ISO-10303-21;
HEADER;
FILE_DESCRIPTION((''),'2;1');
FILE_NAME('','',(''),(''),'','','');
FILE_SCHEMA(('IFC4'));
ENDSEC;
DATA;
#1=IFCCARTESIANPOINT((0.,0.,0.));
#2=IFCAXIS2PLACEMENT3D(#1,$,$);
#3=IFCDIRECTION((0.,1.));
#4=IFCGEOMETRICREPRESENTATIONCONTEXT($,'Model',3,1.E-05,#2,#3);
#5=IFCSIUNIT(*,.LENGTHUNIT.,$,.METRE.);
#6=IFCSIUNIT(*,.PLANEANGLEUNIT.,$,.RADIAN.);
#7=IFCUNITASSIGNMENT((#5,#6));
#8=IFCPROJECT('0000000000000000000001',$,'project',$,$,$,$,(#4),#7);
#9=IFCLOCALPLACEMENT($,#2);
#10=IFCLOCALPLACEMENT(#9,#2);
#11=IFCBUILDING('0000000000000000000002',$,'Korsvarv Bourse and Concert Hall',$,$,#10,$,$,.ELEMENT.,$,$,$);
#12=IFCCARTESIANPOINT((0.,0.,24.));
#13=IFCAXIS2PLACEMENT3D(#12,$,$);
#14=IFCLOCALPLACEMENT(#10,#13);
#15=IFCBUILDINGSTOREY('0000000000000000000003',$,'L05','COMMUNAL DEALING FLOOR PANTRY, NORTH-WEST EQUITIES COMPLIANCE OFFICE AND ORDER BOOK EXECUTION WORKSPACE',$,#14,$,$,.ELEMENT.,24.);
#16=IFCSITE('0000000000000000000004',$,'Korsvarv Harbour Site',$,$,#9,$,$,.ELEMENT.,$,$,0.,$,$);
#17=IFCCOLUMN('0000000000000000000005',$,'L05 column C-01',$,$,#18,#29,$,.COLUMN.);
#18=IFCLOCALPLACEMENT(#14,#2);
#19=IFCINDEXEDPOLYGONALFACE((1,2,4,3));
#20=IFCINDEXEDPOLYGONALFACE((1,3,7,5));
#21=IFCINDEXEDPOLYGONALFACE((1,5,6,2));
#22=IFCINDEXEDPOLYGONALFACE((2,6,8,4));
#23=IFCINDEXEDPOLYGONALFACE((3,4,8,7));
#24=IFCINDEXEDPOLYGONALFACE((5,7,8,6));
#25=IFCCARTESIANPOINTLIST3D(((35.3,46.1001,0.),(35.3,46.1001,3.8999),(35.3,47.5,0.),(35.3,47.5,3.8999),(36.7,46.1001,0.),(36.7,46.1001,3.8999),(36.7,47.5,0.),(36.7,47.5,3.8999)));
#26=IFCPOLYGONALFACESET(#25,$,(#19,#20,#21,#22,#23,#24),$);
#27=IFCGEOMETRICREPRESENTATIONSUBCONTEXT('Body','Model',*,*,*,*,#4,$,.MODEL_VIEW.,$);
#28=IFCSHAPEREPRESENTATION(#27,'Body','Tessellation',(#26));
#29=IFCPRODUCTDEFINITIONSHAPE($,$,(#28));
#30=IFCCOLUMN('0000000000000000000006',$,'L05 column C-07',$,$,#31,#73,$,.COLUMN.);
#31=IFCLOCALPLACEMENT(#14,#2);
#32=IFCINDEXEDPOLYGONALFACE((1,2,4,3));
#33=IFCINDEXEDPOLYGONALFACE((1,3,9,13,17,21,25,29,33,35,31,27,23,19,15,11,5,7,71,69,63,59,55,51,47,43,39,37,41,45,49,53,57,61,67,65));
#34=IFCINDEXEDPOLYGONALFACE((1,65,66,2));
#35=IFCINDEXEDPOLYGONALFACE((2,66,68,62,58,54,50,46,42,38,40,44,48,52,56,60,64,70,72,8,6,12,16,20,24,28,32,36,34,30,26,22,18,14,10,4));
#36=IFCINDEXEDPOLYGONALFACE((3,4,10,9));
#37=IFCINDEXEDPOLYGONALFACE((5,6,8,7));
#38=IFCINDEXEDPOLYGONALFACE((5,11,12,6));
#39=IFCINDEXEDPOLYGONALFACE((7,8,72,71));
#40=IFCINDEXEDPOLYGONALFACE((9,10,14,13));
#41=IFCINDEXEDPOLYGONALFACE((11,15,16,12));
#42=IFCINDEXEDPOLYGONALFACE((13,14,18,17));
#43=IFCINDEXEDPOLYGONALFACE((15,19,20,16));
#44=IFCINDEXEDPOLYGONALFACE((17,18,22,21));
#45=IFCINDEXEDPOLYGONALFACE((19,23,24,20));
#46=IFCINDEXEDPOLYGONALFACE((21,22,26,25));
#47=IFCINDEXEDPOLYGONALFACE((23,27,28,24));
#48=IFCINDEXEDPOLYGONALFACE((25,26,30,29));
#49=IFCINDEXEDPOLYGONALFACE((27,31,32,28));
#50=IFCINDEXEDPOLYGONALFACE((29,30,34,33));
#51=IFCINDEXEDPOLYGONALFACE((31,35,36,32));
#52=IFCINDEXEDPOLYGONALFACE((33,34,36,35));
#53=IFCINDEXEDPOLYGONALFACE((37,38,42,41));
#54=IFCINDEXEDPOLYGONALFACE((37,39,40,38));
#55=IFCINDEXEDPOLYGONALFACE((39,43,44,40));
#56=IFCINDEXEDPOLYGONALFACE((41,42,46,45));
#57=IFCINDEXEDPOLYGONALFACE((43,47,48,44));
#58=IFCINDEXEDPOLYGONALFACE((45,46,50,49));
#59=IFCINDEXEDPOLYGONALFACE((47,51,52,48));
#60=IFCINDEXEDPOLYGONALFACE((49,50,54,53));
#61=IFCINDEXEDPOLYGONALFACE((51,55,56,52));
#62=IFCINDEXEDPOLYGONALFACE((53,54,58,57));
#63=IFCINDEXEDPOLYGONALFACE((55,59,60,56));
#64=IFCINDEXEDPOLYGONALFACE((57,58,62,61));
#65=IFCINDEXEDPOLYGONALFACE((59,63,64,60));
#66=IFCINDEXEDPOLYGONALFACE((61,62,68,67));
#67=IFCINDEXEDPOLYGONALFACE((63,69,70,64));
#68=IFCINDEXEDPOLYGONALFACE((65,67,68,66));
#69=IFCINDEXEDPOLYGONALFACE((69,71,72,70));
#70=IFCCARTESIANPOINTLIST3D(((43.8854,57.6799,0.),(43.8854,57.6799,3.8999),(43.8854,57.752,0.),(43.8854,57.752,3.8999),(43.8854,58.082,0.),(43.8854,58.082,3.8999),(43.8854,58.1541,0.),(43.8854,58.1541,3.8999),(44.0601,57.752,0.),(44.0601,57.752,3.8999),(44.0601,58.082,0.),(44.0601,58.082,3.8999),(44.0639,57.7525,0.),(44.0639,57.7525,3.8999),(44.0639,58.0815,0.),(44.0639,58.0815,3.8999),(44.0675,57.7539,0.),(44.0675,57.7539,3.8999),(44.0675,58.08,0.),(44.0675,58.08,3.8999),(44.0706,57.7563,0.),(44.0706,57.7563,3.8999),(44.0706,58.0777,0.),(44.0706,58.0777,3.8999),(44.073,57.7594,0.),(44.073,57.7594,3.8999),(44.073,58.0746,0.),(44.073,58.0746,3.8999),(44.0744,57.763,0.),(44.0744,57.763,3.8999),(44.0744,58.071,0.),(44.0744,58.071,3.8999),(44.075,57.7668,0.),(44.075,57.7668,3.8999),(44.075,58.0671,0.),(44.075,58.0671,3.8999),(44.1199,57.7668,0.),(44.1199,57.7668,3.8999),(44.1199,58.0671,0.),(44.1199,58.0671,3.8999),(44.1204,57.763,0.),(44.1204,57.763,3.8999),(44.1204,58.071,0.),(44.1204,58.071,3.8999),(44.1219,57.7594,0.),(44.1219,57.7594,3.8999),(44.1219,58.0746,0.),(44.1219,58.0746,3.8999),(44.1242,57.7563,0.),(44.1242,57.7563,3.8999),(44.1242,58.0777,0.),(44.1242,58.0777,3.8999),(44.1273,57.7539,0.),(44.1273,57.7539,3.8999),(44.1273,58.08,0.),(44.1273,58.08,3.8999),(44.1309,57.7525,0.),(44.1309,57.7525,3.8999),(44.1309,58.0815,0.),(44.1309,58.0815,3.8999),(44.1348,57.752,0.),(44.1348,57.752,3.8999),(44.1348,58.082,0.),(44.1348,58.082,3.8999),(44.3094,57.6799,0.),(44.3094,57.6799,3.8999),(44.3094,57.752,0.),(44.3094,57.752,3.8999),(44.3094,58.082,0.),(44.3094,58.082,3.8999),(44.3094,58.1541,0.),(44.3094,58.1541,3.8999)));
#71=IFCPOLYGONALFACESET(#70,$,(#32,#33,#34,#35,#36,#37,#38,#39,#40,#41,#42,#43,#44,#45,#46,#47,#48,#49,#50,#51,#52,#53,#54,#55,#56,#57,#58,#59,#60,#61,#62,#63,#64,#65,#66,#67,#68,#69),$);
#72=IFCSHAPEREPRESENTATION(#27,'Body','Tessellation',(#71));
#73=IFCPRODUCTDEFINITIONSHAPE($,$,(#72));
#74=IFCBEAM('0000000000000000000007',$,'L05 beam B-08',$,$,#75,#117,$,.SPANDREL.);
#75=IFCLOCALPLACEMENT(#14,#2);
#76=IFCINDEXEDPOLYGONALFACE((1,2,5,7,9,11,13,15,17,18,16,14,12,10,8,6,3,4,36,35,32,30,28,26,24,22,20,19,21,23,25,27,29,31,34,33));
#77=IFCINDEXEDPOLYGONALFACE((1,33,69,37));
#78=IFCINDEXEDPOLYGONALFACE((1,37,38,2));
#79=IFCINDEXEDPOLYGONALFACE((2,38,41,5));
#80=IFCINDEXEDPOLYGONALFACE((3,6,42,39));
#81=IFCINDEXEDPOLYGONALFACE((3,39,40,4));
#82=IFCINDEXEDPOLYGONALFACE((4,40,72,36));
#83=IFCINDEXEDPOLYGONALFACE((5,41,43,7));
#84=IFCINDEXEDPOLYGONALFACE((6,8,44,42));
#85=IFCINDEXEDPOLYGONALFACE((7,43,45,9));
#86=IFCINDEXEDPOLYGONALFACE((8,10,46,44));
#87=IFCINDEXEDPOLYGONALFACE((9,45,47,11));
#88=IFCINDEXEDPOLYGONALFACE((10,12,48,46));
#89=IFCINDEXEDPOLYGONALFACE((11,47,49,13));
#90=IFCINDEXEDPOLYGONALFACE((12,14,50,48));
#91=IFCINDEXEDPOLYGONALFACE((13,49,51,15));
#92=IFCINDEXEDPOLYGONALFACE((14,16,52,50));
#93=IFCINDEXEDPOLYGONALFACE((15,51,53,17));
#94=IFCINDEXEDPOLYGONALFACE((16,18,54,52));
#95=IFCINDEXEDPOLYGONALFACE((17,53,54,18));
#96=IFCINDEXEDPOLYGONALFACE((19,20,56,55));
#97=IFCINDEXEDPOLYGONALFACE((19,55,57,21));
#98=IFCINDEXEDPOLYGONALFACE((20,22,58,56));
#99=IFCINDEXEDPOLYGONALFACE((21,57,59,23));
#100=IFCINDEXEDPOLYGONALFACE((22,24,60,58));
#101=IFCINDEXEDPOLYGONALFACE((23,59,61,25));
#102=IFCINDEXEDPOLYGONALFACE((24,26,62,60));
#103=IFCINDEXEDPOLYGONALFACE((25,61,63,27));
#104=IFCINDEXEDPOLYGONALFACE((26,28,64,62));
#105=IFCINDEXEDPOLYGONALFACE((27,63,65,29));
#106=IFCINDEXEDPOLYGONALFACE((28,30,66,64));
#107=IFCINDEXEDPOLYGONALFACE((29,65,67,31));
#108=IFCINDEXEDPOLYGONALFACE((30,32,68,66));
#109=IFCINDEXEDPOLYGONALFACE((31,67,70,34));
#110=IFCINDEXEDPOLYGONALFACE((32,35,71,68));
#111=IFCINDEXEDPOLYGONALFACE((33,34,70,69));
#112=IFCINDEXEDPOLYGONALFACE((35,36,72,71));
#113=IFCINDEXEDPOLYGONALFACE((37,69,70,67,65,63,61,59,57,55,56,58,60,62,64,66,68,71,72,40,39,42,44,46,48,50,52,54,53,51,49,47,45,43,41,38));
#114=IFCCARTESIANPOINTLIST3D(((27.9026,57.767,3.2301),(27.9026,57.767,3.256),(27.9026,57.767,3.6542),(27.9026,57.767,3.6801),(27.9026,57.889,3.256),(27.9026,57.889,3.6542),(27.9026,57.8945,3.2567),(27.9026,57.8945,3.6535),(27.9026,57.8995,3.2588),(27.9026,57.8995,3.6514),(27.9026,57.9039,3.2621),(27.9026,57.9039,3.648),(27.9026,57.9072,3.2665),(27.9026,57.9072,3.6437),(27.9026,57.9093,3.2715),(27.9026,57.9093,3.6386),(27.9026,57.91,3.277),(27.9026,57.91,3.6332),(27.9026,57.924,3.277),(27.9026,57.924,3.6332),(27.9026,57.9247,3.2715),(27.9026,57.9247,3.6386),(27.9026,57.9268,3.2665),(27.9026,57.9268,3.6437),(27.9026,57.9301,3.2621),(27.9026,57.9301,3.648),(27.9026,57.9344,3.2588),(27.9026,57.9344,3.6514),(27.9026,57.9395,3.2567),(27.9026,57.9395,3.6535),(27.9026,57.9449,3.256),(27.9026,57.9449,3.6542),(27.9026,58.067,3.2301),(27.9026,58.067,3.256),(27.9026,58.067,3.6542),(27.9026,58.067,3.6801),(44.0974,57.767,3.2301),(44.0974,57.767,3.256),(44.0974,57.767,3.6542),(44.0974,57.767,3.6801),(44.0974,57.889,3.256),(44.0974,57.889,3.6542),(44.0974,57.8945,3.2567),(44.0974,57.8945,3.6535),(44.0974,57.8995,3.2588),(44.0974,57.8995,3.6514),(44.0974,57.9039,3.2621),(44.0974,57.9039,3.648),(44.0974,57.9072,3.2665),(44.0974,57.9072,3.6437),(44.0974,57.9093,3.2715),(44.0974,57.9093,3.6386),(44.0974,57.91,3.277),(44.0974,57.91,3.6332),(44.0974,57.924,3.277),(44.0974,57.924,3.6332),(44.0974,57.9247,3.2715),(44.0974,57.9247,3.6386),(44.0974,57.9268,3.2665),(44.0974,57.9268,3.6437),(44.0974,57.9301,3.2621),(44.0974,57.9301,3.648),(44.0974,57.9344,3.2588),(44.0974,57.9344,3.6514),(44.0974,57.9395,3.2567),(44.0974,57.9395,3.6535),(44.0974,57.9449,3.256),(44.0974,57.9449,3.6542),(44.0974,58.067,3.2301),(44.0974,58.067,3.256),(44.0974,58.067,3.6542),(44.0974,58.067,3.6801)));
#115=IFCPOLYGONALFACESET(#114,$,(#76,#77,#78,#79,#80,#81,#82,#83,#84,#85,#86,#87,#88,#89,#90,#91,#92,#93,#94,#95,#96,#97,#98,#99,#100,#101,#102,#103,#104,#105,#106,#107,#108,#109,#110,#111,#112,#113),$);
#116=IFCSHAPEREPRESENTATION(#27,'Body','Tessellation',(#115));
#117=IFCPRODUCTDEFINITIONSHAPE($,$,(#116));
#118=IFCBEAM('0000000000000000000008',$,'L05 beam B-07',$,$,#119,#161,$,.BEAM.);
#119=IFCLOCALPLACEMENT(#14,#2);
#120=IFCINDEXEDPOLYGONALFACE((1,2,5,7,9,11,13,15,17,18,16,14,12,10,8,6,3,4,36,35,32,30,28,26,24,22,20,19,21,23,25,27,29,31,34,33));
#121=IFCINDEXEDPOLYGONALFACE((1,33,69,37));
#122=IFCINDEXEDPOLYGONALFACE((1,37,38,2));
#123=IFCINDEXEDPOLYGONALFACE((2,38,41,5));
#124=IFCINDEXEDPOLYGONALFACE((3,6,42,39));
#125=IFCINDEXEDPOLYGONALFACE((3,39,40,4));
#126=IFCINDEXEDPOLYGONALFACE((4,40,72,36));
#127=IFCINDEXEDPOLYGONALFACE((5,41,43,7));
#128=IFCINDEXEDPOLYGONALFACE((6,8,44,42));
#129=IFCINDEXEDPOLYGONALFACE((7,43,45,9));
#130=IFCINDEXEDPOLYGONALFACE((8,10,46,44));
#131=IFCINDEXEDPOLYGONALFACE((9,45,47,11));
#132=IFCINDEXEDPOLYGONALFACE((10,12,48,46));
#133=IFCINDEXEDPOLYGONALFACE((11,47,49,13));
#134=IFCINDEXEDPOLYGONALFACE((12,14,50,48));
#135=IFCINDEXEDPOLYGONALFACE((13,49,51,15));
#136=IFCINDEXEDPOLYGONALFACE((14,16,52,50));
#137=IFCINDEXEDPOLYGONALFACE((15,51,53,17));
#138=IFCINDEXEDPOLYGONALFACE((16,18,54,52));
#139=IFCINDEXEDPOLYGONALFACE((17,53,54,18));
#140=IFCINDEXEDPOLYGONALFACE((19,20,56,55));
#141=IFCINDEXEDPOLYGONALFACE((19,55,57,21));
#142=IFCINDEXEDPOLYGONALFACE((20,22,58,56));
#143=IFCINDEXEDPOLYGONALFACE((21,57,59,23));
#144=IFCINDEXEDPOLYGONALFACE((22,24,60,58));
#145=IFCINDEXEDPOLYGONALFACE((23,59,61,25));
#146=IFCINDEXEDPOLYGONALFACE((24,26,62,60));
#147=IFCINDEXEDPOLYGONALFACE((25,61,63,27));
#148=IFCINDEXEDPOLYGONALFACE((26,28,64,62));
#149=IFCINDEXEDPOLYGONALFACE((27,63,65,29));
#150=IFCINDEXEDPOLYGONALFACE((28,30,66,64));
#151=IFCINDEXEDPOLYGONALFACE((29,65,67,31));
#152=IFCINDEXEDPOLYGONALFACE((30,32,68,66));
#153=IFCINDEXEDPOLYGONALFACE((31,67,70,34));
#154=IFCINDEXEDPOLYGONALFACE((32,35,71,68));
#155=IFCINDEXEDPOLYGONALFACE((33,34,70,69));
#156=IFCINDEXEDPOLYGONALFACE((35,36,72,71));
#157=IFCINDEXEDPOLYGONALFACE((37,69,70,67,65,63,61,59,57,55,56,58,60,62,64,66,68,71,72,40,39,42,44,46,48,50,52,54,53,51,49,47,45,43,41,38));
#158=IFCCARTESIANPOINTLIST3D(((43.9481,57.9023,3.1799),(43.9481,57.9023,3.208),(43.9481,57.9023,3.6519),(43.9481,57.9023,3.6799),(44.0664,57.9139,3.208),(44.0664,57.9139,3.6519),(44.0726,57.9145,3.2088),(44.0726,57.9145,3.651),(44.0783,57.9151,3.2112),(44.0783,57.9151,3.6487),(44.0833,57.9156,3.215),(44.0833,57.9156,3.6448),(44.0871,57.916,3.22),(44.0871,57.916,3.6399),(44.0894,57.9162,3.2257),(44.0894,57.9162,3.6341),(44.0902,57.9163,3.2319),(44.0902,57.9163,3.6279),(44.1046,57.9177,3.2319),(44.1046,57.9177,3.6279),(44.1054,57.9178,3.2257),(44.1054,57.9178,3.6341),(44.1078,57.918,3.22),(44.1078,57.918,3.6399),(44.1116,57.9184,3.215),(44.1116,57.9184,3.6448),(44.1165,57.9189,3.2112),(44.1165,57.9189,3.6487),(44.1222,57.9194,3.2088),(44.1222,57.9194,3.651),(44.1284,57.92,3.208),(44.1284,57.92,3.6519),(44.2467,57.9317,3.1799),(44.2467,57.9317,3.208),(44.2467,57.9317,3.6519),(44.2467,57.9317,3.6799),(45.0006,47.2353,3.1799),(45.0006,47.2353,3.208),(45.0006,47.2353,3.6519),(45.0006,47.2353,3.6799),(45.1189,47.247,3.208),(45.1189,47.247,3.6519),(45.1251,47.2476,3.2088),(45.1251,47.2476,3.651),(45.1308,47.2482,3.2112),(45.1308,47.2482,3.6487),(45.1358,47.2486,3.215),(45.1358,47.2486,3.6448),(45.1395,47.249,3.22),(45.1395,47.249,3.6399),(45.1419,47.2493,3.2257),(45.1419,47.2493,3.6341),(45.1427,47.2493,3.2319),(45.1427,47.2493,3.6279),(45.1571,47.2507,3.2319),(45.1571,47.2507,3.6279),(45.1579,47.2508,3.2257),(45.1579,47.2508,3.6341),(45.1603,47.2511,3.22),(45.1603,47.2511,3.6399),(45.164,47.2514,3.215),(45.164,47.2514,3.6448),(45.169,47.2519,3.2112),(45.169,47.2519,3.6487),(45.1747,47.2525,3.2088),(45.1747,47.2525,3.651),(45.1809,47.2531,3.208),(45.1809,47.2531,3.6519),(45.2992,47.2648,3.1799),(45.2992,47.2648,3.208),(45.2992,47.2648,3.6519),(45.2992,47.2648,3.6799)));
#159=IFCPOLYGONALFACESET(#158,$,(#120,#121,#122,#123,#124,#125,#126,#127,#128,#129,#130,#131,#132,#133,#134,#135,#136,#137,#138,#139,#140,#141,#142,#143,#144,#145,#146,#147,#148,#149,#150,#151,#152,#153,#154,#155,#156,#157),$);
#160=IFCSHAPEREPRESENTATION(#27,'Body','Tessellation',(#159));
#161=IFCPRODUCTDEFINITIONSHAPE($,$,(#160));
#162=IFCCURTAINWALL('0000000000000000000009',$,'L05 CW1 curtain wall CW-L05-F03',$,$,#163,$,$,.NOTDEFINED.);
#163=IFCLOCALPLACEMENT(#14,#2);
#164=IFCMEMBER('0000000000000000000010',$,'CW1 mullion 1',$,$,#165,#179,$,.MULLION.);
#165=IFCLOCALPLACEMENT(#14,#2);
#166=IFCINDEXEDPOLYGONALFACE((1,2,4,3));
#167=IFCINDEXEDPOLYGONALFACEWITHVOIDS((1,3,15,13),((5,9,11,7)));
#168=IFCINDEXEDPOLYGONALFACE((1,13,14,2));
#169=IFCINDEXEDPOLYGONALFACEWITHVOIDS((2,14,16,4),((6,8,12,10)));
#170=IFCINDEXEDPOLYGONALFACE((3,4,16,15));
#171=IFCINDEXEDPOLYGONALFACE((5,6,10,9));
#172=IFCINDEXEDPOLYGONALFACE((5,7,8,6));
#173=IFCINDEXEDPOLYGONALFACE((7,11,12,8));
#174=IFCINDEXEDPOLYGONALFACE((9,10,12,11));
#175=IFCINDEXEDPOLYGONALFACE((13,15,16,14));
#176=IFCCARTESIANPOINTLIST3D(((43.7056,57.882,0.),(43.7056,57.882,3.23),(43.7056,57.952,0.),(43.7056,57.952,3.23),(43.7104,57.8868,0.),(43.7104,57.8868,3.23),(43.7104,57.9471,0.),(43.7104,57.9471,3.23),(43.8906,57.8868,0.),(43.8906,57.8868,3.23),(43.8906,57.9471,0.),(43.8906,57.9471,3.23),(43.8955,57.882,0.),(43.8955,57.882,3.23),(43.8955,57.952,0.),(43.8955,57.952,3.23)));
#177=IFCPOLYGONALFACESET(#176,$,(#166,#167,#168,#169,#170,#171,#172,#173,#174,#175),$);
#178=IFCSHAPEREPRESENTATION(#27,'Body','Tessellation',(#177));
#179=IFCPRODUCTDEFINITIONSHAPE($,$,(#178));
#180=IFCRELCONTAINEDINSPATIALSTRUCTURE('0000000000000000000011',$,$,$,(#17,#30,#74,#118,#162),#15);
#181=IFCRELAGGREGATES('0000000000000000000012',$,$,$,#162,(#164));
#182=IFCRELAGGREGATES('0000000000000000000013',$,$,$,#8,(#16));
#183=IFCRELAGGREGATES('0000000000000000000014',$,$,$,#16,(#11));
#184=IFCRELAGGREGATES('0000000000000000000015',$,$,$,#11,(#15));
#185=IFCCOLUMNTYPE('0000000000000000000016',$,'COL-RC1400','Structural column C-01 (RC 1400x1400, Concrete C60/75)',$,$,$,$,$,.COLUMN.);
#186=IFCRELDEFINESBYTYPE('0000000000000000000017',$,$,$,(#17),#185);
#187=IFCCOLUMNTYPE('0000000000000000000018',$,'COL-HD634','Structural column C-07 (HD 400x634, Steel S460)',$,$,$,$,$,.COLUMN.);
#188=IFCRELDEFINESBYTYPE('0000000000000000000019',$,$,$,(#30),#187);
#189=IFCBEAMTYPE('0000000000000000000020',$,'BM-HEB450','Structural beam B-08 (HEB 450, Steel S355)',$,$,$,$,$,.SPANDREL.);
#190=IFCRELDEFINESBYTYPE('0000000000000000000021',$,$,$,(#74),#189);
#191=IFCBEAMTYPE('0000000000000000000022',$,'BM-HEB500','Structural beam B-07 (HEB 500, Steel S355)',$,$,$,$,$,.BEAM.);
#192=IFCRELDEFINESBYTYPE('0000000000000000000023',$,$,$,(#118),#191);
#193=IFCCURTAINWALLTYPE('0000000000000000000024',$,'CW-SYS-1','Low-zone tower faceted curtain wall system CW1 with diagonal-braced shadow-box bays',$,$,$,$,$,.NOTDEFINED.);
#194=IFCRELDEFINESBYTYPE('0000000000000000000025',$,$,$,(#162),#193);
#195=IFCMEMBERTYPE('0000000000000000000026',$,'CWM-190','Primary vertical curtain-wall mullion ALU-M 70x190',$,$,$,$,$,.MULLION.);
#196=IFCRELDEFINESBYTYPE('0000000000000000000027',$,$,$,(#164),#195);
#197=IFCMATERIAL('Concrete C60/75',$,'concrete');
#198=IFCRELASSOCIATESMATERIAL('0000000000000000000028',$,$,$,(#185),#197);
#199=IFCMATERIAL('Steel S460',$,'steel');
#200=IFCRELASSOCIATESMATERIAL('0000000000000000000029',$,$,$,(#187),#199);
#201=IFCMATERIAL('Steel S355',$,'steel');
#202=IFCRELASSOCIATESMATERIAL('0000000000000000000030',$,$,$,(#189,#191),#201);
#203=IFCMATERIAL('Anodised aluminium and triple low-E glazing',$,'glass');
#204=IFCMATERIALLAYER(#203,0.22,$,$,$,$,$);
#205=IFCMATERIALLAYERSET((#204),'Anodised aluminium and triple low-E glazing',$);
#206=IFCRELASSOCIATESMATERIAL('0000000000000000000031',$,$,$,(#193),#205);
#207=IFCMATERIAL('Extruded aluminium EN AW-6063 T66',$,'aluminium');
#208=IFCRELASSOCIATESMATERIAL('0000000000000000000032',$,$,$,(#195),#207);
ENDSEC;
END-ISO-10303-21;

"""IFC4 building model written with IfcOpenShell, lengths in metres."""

from ifc_helpers import new_model, si_unit, direction, frame, origin, origin_2d, place, context, subcontext, project, spatial, rectangle, hollow_rectangle, i_section, extrude, source, transform, mapped, material, layer, layer_set, material_profile, profile_set, type_object, element, aggregate, save


model = new_model("IFC4")

# Units and contexts
model_context = context("Model", 3, precision=1e-05, world=origin(), true_north=direction((0.0, 1.0)))
body_context = subcontext(model_context, "Body", "Model", "MODEL_VIEW")
ifc_project = project(units=[si_unit("LENGTHUNIT", "METRE"), si_unit("PLANEANGLEUNIT", "RADIAN")], contexts=[model_context])

# Site, building, storey
site_placement = place(None, origin())
site = spatial("IfcSite", under=ifc_project, at=site_placement, Name="Korsvarv Harbour Site", CompositionType="ELEMENT", RefElevation=0.0)
building_placement = place(site_placement, origin())
building = spatial("IfcBuilding", under=site, at=building_placement, Name="Korsvarv Bourse and Concert Hall", CompositionType="ELEMENT")
storey_placement = place(building_placement, frame((0.0, 0.0, 24.0)))
storey = spatial("IfcBuildingStorey", under=building, at=storey_placement, Name="L05", Description="COMMUNAL DEALING FLOOR PANTRY, NORTH-WEST EQUITIES COMPLIANCE OFFICE AND ORDER BOOK EXECUTION WORKSPACE", CompositionType="ELEMENT", Elevation=24.0)

# Columns
ifc_material_1 = material(Name="Concrete C60/75", Category="concrete")
ifc_material_profile_1 = material_profile(ifc_material_1, rectangle(XDim=1.3999, YDim=1.3999, at=origin_2d()), Name="RC 1400x1400")
ifc_profile_set_1 = profile_set([ifc_material_profile_1], Name="Concrete C60/75")
column_type_1 = type_object("IfcColumnType", Name="COL-RC1400", Description="Structural column C-01 (RC 1400x1400, Concrete C60/75)", PredefinedType="COLUMN", material=ifc_profile_set_1)
shared_shape_1 = source(origin(), body_context, "Body", "SweptSolid", [
    extrude(rectangle(XDim=1.3999, YDim=1.3999, at=origin_2d()), origin(), (0.0, 0.0, 1.0), 3.8999),
])
column_1_placement = place(storey_placement, frame((36.0, 46.8, 0.0), z_axis=(0.0, 0.0, 1.0), x_axis=(1.0, 0.0, 0.0)))
element("IfcColumn", 1, at=column_1_placement, inside=storey, type_object=column_type_1, Name="L05 column C-01", PredefinedType="COLUMN", context=body_context, shape_type="MappedRepresentation", body=[
    mapped(shared_shape_1, transform((0.0, 0.0, 0.0), scale=1.0)),
])
ifc_material_2 = material(Name="Steel S460", Category="steel")
ifc_material_profile_2 = material_profile(ifc_material_2, i_section(OverallWidth=0.4241, OverallDepth=0.4741, WebThickness=0.0449, FlangeThickness=0.072, FilletRadius=0.0149, at=origin_2d()), Name="HD 400x634")
ifc_profile_set_2 = profile_set([ifc_material_profile_2], Name="Steel S460")
column_type_2 = type_object("IfcColumnType", Name="COL-HD634", Description="Structural column C-07 (HD 400x634, Steel S460)", PredefinedType="COLUMN", material=ifc_profile_set_2)
shared_shape_2 = source(origin(), body_context, "Body", "SweptSolid", [
    extrude(i_section(OverallWidth=0.4241, OverallDepth=0.4741, WebThickness=0.0449, FlangeThickness=0.072, FilletRadius=0.0149, at=origin_2d()), origin(), (0.0, 0.0, 1.0), 3.8999),
])
column_2_placement = place(storey_placement, frame((44.0974, 57.917, 0.0), z_axis=(0.0, 0.0, 1.0), x_axis=(1.0, 0.0, 0.0)))
element("IfcColumn", 2, at=column_2_placement, inside=storey, type_object=column_type_2, Name="L05 column C-07", PredefinedType="COLUMN", context=body_context, shape_type="MappedRepresentation", body=[
    mapped(shared_shape_2, transform((0.0, 0.0, 0.0), scale=1.0)),
])

# Beams
ifc_material_3 = material(Name="Steel S355", Category="steel")
ifc_material_profile_3 = material_profile(ifc_material_3, i_section(OverallWidth=0.3, OverallDepth=0.45, WebThickness=0.0139, FlangeThickness=0.0259, FilletRadius=0.021, at=origin_2d()), Name="HEB 450")
ifc_profile_set_3 = profile_set([ifc_material_profile_3], Name="Steel S355")
beam_type_1 = type_object("IfcBeamType", Name="BM-HEB450", Description="Structural beam B-08 (HEB 450, Steel S355)", PredefinedType="SPANDREL", material=ifc_profile_set_3)
shared_shape_3 = source(origin(), body_context, "Body", "SweptSolid", [
    extrude(i_section(OverallWidth=0.3, OverallDepth=0.45, WebThickness=0.0139, FlangeThickness=0.0259, FilletRadius=0.021, at=origin_2d()), origin(), (0.0, 0.0, 1.0), 16.1948),
])
beam_1_placement = place(storey_placement, frame((44.0974, 57.917, 3.4551), z_axis=(-1.0, 0.0, 0.0), x_axis=(0.0, -1.0, 0.0)))
element("IfcBeam", 3, at=beam_1_placement, inside=storey, type_object=beam_type_1, Name="L05 beam B-08", PredefinedType="SPANDREL", context=body_context, shape_type="MappedRepresentation", body=[
    mapped(shared_shape_3, transform((0.0, 0.0, 0.0), scale=1.0)),
])
ifc_material_profile_4 = material_profile(ifc_material_3, i_section(OverallWidth=0.3, OverallDepth=0.5, WebThickness=0.0144, FlangeThickness=0.0281, FilletRadius=0.0239, at=origin_2d()), Name="HEB 500")
ifc_profile_set_4 = profile_set([ifc_material_profile_4], Name="Steel S355")
beam_type_2 = type_object("IfcBeamType", Name="BM-HEB500", Description="Structural beam B-07 (HEB 500, Steel S355)", PredefinedType="BEAM", material=ifc_profile_set_4)
shared_shape_4 = source(origin(), body_context, "Body", "SweptSolid", [
    extrude(i_section(OverallWidth=0.3, OverallDepth=0.5, WebThickness=0.0144, FlangeThickness=0.0281, FilletRadius=0.0239, at=origin_2d()), origin(), (0.0, 0.0, 1.0), 10.7188),
])
beam_2_placement = place(storey_placement, frame((44.0974, 57.917, 3.4299), z_axis=(0.098191, -0.995168, 0.0), x_axis=(0.995168, 0.098191, 0.0)))
element("IfcBeam", 4, at=beam_2_placement, inside=storey, type_object=beam_type_2, Name="L05 beam B-07", PredefinedType="BEAM", context=body_context, shape_type="MappedRepresentation", body=[
    mapped(shared_shape_4, transform((0.0, 0.0, 0.0), scale=1.0)),
])

# Curtain wall, member
ifc_material_4 = material(Name="Anodised aluminium and triple low-E glazing", Category="glass")
ifc_layer_1 = layer(ifc_material_4, 0.22)
ifc_layer_set_1 = layer_set([ifc_layer_1], Name="Anodised aluminium and triple low-E glazing")
curtain_wall_type = type_object("IfcCurtainWallType", Name="CW-SYS-1", Description="Low-zone tower faceted curtain wall system CW1 with diagonal-braced shadow-box bays", PredefinedType="NOTDEFINED", material=ifc_layer_set_1)
curtain_wall_placement = place(storey_placement, origin())
curtain_wall = element("IfcCurtainWall", 5, at=curtain_wall_placement, inside=storey, type_object=curtain_wall_type, Name="L05 CW1 curtain wall CW-L05-F03", PredefinedType="NOTDEFINED")
ifc_material_5 = material(Name="Extruded aluminium EN AW-6063 T66", Category="aluminium")
ifc_material_profile_5 = material_profile(ifc_material_5, hollow_rectangle(XDim=0.0701, YDim=0.1899, WallThickness=0.0049, at=origin_2d()), Name="ALU-M 70x190")
ifc_profile_set_5 = profile_set([ifc_material_profile_5], Name="Extruded aluminium EN AW-6063 T66")
member_type_1 = type_object("IfcMemberType", Name="CWM-190", Description="Primary vertical curtain-wall mullion ALU-M 70x190", PredefinedType="MULLION", material=ifc_profile_set_5)
shared_shape_5 = source(origin(), body_context, "Body", "SweptSolid", [
    extrude(hollow_rectangle(XDim=0.0701, YDim=0.1899, WallThickness=0.0049, at=origin_2d()), origin(), (0.0, 0.0, 1.0), 3.23),
])
member_1_placement = place(storey_placement, frame((43.8005, 57.917, 0.0), z_axis=(0.0, 0.0, 1.0), x_axis=(0.0, -1.0, 0.0)))
member_1 = element("IfcMember", 6, at=member_1_placement, type_object=member_type_1, Name="CW1 mullion 1", PredefinedType="MULLION", context=body_context, shape_type="MappedRepresentation", body=[
    mapped(shared_shape_5, transform((0.0, 0.0, 0.0), scale=1.0)),
])
aggregate(curtain_wall, [member_1])

save(model, "model.ifc")
